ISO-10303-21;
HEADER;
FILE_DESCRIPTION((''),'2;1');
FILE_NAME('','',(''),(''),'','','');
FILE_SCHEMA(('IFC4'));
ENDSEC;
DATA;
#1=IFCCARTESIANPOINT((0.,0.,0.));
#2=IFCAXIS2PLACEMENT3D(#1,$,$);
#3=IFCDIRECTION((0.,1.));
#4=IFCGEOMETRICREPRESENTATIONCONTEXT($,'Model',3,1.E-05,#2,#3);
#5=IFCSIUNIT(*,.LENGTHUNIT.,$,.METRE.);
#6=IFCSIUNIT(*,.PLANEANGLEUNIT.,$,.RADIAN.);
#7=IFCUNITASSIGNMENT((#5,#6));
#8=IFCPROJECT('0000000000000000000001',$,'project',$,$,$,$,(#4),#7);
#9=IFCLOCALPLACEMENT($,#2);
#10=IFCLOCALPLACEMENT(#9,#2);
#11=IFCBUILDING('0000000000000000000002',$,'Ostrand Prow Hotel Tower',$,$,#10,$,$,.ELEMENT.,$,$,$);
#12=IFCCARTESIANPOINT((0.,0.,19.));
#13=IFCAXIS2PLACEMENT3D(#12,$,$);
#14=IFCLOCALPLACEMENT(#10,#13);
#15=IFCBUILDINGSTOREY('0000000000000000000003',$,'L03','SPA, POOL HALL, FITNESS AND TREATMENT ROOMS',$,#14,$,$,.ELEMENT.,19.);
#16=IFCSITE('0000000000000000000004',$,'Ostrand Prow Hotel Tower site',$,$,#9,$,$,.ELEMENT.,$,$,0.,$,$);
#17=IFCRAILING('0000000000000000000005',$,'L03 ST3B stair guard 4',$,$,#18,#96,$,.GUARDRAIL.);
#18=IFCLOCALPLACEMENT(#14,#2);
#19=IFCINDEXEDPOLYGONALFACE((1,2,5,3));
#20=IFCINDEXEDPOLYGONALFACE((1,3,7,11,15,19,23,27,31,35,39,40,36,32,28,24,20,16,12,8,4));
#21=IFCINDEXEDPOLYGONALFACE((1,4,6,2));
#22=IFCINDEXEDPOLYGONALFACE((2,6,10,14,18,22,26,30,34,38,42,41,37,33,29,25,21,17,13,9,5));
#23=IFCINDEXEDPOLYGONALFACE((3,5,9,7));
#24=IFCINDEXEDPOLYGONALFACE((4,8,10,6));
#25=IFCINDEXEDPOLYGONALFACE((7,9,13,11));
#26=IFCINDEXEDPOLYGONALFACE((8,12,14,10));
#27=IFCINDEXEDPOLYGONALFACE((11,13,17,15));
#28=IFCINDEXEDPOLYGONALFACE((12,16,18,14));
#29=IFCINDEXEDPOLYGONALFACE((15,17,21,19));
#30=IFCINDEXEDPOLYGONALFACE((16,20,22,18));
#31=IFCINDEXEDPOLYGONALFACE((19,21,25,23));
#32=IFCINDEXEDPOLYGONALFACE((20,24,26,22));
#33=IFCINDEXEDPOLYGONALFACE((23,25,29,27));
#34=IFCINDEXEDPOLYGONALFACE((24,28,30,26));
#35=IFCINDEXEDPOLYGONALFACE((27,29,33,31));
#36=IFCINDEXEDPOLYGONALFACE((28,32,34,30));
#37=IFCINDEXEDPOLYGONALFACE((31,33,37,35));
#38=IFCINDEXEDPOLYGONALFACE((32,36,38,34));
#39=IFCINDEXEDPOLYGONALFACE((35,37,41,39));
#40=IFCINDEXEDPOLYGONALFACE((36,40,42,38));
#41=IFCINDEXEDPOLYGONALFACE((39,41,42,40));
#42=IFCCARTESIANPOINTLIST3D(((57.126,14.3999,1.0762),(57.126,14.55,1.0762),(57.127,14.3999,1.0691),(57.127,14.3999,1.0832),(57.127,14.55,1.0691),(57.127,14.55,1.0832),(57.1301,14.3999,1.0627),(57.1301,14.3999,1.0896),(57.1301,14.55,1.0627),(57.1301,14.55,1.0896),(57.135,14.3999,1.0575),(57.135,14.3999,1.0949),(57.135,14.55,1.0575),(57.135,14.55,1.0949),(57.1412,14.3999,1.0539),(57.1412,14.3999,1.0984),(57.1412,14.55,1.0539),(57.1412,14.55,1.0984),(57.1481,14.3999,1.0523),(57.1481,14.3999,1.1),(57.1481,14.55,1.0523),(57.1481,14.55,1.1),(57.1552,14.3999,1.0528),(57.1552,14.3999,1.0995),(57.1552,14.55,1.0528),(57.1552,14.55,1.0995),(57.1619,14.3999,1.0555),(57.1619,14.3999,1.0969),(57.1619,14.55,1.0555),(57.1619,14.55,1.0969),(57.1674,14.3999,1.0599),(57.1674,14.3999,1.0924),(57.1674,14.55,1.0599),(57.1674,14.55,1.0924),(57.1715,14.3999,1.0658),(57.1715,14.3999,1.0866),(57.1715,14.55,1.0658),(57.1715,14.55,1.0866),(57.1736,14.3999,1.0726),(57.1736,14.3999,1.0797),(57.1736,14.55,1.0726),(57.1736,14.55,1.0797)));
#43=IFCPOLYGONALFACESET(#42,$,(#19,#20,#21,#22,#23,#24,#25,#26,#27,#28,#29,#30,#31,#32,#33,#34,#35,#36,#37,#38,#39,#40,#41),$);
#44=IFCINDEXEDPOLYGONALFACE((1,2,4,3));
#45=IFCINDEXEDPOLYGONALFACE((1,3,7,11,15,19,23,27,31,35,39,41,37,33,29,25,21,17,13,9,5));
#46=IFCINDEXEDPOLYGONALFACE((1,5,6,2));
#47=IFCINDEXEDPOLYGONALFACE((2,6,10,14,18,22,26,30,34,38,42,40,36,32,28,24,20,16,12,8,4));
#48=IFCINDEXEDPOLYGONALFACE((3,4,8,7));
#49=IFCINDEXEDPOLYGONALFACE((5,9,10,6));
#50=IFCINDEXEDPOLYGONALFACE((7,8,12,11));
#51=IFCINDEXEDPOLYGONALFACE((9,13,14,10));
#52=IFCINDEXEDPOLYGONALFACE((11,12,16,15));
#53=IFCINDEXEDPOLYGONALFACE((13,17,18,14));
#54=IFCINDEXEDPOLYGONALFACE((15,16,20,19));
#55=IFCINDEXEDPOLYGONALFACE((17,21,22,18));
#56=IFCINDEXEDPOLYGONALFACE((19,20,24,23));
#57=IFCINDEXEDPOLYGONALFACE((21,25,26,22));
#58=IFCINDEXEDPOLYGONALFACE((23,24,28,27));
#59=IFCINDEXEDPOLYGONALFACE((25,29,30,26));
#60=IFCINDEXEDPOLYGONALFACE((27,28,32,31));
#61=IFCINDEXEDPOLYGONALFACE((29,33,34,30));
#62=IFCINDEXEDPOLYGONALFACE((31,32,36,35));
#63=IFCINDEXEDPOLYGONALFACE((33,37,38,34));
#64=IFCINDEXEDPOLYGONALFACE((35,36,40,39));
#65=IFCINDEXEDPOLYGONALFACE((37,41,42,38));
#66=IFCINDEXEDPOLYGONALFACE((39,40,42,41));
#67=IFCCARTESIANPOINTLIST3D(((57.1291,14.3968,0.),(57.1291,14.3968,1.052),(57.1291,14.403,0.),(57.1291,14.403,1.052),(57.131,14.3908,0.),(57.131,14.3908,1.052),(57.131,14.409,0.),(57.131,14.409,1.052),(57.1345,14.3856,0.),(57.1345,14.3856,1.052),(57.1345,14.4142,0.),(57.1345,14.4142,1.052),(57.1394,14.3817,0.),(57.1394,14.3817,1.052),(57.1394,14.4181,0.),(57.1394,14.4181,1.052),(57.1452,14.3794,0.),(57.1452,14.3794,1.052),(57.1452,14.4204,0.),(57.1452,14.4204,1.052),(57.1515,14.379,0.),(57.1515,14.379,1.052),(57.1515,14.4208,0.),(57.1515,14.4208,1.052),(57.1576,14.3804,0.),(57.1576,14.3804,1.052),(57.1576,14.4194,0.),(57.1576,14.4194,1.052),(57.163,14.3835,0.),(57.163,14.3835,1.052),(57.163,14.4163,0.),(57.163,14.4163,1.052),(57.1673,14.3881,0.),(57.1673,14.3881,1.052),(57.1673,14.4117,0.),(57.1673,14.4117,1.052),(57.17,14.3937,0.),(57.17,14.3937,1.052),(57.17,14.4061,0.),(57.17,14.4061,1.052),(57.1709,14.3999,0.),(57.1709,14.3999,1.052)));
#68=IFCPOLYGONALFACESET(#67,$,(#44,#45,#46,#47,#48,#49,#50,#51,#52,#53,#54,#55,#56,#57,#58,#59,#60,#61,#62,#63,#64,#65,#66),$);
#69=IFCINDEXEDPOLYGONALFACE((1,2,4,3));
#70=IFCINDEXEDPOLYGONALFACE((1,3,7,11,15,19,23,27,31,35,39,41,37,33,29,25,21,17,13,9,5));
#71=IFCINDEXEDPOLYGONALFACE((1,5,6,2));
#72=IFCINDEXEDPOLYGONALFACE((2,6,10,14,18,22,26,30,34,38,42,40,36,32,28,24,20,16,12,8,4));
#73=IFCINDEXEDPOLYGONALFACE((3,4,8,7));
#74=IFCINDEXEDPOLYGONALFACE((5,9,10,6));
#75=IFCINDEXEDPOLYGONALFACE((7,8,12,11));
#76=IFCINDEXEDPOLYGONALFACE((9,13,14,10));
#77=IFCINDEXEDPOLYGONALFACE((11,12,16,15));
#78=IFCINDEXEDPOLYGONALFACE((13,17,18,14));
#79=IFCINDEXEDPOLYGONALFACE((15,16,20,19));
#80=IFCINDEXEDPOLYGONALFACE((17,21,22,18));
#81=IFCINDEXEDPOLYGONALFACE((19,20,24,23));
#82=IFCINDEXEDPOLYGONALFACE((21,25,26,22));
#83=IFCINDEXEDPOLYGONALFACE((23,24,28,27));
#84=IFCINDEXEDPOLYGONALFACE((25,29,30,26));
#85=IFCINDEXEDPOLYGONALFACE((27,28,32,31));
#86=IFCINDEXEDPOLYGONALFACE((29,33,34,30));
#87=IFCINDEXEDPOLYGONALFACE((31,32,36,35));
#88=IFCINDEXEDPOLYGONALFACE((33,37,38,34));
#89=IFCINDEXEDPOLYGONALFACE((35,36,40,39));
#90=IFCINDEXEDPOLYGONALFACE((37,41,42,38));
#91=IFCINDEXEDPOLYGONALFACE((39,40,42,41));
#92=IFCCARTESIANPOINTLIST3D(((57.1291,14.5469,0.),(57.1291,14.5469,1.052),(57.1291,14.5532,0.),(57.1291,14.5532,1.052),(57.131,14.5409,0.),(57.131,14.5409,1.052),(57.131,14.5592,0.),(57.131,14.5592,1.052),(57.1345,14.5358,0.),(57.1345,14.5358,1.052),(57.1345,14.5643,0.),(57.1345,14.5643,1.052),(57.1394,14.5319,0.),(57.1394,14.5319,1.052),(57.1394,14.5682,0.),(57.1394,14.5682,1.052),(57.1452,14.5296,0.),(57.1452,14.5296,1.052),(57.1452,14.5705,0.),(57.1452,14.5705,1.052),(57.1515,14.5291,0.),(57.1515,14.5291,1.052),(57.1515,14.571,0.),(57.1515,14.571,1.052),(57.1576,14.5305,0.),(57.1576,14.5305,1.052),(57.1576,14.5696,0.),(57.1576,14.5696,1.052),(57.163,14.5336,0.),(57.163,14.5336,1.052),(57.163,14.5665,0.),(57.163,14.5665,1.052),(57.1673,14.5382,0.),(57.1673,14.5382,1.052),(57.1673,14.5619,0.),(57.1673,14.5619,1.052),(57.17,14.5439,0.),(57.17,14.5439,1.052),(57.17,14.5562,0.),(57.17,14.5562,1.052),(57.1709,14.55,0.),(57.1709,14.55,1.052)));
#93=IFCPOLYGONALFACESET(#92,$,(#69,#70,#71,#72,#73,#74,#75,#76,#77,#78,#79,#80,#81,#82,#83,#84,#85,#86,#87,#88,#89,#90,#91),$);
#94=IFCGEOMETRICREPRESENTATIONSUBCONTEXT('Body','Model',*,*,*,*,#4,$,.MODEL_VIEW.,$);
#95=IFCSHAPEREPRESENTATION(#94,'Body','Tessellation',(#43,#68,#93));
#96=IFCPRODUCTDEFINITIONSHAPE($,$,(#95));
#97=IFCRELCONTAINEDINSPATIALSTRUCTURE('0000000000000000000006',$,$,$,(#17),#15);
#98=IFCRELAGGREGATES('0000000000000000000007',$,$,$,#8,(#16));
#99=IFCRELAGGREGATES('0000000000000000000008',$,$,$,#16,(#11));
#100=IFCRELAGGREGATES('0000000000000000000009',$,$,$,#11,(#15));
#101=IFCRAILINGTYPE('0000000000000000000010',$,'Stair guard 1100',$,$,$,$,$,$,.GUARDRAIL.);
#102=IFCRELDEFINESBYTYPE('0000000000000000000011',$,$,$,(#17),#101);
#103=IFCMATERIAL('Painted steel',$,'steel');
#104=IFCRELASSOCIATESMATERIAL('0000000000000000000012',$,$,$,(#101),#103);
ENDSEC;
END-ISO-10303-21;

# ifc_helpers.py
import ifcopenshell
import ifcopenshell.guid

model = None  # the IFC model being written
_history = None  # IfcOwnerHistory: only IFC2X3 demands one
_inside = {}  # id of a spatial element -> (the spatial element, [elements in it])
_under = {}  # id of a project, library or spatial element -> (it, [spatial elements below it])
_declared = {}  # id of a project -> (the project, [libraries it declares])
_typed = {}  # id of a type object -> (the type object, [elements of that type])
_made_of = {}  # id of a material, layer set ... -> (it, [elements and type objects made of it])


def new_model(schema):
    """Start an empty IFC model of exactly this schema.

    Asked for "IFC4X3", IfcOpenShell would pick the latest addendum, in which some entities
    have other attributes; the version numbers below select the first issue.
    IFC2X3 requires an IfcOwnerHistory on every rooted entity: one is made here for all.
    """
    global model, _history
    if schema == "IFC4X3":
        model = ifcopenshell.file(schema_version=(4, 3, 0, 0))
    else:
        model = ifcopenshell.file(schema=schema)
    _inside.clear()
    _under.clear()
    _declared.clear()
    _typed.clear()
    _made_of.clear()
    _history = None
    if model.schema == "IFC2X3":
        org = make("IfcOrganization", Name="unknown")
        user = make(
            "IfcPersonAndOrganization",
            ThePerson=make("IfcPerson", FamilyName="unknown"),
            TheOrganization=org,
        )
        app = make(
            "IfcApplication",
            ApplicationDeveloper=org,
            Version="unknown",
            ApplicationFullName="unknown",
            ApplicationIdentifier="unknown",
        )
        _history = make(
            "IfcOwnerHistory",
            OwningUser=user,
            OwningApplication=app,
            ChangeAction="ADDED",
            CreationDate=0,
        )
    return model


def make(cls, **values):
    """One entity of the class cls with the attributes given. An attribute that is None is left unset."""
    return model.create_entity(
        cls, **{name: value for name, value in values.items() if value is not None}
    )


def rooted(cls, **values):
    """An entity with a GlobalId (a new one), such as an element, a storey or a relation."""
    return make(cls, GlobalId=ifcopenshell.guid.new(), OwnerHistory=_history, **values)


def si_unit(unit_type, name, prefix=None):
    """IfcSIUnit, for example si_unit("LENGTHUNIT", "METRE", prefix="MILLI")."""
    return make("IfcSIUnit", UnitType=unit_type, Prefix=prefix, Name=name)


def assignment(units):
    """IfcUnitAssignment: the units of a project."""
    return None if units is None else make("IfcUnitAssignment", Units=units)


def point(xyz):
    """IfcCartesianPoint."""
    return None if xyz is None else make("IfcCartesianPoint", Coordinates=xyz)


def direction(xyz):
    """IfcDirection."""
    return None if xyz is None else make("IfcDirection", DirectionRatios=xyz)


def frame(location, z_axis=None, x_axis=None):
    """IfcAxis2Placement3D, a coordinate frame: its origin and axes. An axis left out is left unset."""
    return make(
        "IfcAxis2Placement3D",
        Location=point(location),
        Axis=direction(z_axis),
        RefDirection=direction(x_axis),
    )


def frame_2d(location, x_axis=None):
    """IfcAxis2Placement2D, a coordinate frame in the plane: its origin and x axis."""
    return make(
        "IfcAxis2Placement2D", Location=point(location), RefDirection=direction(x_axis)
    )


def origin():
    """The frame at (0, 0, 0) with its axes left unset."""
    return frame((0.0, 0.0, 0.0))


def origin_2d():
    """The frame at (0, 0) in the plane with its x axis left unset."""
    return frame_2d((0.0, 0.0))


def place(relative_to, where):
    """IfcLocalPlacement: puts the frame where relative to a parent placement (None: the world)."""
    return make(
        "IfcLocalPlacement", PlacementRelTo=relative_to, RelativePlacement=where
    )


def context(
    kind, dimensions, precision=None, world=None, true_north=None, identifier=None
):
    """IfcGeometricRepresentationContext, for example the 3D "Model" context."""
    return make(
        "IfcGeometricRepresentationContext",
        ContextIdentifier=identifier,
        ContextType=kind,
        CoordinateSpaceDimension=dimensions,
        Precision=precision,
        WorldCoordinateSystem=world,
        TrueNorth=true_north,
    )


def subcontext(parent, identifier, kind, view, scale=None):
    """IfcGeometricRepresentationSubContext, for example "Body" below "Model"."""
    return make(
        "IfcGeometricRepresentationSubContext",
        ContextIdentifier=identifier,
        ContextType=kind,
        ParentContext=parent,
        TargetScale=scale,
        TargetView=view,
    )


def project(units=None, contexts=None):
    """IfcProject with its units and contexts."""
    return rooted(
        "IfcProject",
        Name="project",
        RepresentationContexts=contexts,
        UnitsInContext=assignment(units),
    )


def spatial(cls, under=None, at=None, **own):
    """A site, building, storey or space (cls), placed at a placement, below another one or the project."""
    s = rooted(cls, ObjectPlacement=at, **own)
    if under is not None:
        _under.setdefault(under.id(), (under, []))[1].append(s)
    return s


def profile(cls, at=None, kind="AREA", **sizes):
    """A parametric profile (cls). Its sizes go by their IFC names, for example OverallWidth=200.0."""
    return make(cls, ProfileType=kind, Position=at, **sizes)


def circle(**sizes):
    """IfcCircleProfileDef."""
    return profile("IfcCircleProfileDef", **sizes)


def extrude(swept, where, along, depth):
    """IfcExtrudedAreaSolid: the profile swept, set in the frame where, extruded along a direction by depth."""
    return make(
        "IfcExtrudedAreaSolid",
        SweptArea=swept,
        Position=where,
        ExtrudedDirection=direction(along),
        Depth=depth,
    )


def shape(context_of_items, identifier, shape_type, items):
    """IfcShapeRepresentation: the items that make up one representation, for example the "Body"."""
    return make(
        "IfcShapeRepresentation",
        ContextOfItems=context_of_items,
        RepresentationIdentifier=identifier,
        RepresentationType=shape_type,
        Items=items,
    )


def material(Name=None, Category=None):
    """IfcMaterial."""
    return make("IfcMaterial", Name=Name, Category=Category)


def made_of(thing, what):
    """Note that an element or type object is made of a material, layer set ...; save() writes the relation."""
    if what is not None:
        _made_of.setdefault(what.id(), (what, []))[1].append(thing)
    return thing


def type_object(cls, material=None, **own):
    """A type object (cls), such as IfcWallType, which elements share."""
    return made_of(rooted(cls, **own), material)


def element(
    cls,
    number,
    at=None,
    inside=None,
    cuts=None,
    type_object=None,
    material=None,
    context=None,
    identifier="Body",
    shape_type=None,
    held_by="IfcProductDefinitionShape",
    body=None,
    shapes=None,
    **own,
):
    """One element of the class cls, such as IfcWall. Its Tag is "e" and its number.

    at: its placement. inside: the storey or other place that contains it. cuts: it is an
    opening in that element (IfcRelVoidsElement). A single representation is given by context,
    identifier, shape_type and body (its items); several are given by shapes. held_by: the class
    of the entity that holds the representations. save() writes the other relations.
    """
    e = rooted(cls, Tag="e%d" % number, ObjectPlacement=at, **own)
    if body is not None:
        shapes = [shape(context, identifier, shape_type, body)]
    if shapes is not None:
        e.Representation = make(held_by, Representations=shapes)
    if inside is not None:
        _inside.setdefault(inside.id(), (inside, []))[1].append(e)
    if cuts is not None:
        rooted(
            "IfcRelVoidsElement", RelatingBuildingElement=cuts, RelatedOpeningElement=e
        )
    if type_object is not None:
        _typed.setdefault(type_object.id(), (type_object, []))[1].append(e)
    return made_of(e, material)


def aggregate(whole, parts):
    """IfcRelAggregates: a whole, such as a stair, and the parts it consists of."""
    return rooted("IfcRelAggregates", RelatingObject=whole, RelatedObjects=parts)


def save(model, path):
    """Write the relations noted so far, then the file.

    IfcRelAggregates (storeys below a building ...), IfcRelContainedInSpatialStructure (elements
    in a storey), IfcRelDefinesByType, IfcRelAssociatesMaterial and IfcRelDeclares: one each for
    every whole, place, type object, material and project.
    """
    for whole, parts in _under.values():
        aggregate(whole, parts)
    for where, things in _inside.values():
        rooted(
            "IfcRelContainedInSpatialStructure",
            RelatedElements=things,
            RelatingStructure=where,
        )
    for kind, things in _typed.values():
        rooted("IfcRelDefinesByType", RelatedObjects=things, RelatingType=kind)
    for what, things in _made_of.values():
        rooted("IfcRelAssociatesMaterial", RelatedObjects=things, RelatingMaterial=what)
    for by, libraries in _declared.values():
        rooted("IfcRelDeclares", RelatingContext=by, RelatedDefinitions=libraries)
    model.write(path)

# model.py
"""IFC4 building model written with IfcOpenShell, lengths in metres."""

from ifc_helpers import new_model, si_unit, direction, frame, origin, origin_2d, place, context, subcontext, project, spatial, circle, extrude, material, type_object, element, save


model = new_model("IFC4")

# Units and contexts
model_context = context("Model", 3, precision=1e-05, world=origin(), true_north=direction((0.0, 1.0)))
body_context = subcontext(model_context, "Body", "Model", "MODEL_VIEW")
ifc_project = project(units=[si_unit("LENGTHUNIT", "METRE"), si_unit("PLANEANGLEUNIT", "RADIAN")], contexts=[model_context])

# Site, building, storey
site_placement = place(None, origin())
site = spatial("IfcSite", under=ifc_project, at=site_placement, Name="Ostrand Prow Hotel Tower site", CompositionType="ELEMENT", RefElevation=0.0)
building_placement = place(site_placement, origin())
building = spatial("IfcBuilding", under=site, at=building_placement, Name="Ostrand Prow Hotel Tower", CompositionType="ELEMENT")
storey_placement = place(building_placement, frame((0.0, 0.0, 19.0)))
storey = spatial("IfcBuildingStorey", under=building, at=storey_placement, Name="L03", Description="SPA, POOL HALL, FITNESS AND TREATMENT ROOMS", CompositionType="ELEMENT", Elevation=19.0)

# Railing
ifc_material_1 = material(Name="Painted steel", Category="steel")
railing_type_1 = type_object("IfcRailingType", Name="Stair guard 1100", PredefinedType="GUARDRAIL", material=ifc_material_1)
railing_1_placement = place(storey_placement, frame((57.1499, 14.3999, 0.0)))
element("IfcRailing", 1, at=railing_1_placement, inside=storey, type_object=railing_type_1, Name="L03 ST3B stair guard 4", PredefinedType="GUARDRAIL", context=body_context, shape_type="SweptSolid", body=[
    extrude(circle(Radius=0.0239, at=origin_2d()), frame((0.0, 0.0, 1.0762), z_axis=(0.0, 1.0, 0.0), x_axis=(-1.0, 0.0, 0.0)), (0.0, 0.0, 1.0), 0.1501),
    extrude(circle(Radius=0.021, at=origin_2d()), origin(), (0.0, 0.0, 1.0), 1.052),
    extrude(circle(Radius=0.021, at=origin_2d()), frame((0.0, 0.1501, 0.0)), (0.0, 0.0, 1.0), 1.052),
])

save(model, "model.ifc")
